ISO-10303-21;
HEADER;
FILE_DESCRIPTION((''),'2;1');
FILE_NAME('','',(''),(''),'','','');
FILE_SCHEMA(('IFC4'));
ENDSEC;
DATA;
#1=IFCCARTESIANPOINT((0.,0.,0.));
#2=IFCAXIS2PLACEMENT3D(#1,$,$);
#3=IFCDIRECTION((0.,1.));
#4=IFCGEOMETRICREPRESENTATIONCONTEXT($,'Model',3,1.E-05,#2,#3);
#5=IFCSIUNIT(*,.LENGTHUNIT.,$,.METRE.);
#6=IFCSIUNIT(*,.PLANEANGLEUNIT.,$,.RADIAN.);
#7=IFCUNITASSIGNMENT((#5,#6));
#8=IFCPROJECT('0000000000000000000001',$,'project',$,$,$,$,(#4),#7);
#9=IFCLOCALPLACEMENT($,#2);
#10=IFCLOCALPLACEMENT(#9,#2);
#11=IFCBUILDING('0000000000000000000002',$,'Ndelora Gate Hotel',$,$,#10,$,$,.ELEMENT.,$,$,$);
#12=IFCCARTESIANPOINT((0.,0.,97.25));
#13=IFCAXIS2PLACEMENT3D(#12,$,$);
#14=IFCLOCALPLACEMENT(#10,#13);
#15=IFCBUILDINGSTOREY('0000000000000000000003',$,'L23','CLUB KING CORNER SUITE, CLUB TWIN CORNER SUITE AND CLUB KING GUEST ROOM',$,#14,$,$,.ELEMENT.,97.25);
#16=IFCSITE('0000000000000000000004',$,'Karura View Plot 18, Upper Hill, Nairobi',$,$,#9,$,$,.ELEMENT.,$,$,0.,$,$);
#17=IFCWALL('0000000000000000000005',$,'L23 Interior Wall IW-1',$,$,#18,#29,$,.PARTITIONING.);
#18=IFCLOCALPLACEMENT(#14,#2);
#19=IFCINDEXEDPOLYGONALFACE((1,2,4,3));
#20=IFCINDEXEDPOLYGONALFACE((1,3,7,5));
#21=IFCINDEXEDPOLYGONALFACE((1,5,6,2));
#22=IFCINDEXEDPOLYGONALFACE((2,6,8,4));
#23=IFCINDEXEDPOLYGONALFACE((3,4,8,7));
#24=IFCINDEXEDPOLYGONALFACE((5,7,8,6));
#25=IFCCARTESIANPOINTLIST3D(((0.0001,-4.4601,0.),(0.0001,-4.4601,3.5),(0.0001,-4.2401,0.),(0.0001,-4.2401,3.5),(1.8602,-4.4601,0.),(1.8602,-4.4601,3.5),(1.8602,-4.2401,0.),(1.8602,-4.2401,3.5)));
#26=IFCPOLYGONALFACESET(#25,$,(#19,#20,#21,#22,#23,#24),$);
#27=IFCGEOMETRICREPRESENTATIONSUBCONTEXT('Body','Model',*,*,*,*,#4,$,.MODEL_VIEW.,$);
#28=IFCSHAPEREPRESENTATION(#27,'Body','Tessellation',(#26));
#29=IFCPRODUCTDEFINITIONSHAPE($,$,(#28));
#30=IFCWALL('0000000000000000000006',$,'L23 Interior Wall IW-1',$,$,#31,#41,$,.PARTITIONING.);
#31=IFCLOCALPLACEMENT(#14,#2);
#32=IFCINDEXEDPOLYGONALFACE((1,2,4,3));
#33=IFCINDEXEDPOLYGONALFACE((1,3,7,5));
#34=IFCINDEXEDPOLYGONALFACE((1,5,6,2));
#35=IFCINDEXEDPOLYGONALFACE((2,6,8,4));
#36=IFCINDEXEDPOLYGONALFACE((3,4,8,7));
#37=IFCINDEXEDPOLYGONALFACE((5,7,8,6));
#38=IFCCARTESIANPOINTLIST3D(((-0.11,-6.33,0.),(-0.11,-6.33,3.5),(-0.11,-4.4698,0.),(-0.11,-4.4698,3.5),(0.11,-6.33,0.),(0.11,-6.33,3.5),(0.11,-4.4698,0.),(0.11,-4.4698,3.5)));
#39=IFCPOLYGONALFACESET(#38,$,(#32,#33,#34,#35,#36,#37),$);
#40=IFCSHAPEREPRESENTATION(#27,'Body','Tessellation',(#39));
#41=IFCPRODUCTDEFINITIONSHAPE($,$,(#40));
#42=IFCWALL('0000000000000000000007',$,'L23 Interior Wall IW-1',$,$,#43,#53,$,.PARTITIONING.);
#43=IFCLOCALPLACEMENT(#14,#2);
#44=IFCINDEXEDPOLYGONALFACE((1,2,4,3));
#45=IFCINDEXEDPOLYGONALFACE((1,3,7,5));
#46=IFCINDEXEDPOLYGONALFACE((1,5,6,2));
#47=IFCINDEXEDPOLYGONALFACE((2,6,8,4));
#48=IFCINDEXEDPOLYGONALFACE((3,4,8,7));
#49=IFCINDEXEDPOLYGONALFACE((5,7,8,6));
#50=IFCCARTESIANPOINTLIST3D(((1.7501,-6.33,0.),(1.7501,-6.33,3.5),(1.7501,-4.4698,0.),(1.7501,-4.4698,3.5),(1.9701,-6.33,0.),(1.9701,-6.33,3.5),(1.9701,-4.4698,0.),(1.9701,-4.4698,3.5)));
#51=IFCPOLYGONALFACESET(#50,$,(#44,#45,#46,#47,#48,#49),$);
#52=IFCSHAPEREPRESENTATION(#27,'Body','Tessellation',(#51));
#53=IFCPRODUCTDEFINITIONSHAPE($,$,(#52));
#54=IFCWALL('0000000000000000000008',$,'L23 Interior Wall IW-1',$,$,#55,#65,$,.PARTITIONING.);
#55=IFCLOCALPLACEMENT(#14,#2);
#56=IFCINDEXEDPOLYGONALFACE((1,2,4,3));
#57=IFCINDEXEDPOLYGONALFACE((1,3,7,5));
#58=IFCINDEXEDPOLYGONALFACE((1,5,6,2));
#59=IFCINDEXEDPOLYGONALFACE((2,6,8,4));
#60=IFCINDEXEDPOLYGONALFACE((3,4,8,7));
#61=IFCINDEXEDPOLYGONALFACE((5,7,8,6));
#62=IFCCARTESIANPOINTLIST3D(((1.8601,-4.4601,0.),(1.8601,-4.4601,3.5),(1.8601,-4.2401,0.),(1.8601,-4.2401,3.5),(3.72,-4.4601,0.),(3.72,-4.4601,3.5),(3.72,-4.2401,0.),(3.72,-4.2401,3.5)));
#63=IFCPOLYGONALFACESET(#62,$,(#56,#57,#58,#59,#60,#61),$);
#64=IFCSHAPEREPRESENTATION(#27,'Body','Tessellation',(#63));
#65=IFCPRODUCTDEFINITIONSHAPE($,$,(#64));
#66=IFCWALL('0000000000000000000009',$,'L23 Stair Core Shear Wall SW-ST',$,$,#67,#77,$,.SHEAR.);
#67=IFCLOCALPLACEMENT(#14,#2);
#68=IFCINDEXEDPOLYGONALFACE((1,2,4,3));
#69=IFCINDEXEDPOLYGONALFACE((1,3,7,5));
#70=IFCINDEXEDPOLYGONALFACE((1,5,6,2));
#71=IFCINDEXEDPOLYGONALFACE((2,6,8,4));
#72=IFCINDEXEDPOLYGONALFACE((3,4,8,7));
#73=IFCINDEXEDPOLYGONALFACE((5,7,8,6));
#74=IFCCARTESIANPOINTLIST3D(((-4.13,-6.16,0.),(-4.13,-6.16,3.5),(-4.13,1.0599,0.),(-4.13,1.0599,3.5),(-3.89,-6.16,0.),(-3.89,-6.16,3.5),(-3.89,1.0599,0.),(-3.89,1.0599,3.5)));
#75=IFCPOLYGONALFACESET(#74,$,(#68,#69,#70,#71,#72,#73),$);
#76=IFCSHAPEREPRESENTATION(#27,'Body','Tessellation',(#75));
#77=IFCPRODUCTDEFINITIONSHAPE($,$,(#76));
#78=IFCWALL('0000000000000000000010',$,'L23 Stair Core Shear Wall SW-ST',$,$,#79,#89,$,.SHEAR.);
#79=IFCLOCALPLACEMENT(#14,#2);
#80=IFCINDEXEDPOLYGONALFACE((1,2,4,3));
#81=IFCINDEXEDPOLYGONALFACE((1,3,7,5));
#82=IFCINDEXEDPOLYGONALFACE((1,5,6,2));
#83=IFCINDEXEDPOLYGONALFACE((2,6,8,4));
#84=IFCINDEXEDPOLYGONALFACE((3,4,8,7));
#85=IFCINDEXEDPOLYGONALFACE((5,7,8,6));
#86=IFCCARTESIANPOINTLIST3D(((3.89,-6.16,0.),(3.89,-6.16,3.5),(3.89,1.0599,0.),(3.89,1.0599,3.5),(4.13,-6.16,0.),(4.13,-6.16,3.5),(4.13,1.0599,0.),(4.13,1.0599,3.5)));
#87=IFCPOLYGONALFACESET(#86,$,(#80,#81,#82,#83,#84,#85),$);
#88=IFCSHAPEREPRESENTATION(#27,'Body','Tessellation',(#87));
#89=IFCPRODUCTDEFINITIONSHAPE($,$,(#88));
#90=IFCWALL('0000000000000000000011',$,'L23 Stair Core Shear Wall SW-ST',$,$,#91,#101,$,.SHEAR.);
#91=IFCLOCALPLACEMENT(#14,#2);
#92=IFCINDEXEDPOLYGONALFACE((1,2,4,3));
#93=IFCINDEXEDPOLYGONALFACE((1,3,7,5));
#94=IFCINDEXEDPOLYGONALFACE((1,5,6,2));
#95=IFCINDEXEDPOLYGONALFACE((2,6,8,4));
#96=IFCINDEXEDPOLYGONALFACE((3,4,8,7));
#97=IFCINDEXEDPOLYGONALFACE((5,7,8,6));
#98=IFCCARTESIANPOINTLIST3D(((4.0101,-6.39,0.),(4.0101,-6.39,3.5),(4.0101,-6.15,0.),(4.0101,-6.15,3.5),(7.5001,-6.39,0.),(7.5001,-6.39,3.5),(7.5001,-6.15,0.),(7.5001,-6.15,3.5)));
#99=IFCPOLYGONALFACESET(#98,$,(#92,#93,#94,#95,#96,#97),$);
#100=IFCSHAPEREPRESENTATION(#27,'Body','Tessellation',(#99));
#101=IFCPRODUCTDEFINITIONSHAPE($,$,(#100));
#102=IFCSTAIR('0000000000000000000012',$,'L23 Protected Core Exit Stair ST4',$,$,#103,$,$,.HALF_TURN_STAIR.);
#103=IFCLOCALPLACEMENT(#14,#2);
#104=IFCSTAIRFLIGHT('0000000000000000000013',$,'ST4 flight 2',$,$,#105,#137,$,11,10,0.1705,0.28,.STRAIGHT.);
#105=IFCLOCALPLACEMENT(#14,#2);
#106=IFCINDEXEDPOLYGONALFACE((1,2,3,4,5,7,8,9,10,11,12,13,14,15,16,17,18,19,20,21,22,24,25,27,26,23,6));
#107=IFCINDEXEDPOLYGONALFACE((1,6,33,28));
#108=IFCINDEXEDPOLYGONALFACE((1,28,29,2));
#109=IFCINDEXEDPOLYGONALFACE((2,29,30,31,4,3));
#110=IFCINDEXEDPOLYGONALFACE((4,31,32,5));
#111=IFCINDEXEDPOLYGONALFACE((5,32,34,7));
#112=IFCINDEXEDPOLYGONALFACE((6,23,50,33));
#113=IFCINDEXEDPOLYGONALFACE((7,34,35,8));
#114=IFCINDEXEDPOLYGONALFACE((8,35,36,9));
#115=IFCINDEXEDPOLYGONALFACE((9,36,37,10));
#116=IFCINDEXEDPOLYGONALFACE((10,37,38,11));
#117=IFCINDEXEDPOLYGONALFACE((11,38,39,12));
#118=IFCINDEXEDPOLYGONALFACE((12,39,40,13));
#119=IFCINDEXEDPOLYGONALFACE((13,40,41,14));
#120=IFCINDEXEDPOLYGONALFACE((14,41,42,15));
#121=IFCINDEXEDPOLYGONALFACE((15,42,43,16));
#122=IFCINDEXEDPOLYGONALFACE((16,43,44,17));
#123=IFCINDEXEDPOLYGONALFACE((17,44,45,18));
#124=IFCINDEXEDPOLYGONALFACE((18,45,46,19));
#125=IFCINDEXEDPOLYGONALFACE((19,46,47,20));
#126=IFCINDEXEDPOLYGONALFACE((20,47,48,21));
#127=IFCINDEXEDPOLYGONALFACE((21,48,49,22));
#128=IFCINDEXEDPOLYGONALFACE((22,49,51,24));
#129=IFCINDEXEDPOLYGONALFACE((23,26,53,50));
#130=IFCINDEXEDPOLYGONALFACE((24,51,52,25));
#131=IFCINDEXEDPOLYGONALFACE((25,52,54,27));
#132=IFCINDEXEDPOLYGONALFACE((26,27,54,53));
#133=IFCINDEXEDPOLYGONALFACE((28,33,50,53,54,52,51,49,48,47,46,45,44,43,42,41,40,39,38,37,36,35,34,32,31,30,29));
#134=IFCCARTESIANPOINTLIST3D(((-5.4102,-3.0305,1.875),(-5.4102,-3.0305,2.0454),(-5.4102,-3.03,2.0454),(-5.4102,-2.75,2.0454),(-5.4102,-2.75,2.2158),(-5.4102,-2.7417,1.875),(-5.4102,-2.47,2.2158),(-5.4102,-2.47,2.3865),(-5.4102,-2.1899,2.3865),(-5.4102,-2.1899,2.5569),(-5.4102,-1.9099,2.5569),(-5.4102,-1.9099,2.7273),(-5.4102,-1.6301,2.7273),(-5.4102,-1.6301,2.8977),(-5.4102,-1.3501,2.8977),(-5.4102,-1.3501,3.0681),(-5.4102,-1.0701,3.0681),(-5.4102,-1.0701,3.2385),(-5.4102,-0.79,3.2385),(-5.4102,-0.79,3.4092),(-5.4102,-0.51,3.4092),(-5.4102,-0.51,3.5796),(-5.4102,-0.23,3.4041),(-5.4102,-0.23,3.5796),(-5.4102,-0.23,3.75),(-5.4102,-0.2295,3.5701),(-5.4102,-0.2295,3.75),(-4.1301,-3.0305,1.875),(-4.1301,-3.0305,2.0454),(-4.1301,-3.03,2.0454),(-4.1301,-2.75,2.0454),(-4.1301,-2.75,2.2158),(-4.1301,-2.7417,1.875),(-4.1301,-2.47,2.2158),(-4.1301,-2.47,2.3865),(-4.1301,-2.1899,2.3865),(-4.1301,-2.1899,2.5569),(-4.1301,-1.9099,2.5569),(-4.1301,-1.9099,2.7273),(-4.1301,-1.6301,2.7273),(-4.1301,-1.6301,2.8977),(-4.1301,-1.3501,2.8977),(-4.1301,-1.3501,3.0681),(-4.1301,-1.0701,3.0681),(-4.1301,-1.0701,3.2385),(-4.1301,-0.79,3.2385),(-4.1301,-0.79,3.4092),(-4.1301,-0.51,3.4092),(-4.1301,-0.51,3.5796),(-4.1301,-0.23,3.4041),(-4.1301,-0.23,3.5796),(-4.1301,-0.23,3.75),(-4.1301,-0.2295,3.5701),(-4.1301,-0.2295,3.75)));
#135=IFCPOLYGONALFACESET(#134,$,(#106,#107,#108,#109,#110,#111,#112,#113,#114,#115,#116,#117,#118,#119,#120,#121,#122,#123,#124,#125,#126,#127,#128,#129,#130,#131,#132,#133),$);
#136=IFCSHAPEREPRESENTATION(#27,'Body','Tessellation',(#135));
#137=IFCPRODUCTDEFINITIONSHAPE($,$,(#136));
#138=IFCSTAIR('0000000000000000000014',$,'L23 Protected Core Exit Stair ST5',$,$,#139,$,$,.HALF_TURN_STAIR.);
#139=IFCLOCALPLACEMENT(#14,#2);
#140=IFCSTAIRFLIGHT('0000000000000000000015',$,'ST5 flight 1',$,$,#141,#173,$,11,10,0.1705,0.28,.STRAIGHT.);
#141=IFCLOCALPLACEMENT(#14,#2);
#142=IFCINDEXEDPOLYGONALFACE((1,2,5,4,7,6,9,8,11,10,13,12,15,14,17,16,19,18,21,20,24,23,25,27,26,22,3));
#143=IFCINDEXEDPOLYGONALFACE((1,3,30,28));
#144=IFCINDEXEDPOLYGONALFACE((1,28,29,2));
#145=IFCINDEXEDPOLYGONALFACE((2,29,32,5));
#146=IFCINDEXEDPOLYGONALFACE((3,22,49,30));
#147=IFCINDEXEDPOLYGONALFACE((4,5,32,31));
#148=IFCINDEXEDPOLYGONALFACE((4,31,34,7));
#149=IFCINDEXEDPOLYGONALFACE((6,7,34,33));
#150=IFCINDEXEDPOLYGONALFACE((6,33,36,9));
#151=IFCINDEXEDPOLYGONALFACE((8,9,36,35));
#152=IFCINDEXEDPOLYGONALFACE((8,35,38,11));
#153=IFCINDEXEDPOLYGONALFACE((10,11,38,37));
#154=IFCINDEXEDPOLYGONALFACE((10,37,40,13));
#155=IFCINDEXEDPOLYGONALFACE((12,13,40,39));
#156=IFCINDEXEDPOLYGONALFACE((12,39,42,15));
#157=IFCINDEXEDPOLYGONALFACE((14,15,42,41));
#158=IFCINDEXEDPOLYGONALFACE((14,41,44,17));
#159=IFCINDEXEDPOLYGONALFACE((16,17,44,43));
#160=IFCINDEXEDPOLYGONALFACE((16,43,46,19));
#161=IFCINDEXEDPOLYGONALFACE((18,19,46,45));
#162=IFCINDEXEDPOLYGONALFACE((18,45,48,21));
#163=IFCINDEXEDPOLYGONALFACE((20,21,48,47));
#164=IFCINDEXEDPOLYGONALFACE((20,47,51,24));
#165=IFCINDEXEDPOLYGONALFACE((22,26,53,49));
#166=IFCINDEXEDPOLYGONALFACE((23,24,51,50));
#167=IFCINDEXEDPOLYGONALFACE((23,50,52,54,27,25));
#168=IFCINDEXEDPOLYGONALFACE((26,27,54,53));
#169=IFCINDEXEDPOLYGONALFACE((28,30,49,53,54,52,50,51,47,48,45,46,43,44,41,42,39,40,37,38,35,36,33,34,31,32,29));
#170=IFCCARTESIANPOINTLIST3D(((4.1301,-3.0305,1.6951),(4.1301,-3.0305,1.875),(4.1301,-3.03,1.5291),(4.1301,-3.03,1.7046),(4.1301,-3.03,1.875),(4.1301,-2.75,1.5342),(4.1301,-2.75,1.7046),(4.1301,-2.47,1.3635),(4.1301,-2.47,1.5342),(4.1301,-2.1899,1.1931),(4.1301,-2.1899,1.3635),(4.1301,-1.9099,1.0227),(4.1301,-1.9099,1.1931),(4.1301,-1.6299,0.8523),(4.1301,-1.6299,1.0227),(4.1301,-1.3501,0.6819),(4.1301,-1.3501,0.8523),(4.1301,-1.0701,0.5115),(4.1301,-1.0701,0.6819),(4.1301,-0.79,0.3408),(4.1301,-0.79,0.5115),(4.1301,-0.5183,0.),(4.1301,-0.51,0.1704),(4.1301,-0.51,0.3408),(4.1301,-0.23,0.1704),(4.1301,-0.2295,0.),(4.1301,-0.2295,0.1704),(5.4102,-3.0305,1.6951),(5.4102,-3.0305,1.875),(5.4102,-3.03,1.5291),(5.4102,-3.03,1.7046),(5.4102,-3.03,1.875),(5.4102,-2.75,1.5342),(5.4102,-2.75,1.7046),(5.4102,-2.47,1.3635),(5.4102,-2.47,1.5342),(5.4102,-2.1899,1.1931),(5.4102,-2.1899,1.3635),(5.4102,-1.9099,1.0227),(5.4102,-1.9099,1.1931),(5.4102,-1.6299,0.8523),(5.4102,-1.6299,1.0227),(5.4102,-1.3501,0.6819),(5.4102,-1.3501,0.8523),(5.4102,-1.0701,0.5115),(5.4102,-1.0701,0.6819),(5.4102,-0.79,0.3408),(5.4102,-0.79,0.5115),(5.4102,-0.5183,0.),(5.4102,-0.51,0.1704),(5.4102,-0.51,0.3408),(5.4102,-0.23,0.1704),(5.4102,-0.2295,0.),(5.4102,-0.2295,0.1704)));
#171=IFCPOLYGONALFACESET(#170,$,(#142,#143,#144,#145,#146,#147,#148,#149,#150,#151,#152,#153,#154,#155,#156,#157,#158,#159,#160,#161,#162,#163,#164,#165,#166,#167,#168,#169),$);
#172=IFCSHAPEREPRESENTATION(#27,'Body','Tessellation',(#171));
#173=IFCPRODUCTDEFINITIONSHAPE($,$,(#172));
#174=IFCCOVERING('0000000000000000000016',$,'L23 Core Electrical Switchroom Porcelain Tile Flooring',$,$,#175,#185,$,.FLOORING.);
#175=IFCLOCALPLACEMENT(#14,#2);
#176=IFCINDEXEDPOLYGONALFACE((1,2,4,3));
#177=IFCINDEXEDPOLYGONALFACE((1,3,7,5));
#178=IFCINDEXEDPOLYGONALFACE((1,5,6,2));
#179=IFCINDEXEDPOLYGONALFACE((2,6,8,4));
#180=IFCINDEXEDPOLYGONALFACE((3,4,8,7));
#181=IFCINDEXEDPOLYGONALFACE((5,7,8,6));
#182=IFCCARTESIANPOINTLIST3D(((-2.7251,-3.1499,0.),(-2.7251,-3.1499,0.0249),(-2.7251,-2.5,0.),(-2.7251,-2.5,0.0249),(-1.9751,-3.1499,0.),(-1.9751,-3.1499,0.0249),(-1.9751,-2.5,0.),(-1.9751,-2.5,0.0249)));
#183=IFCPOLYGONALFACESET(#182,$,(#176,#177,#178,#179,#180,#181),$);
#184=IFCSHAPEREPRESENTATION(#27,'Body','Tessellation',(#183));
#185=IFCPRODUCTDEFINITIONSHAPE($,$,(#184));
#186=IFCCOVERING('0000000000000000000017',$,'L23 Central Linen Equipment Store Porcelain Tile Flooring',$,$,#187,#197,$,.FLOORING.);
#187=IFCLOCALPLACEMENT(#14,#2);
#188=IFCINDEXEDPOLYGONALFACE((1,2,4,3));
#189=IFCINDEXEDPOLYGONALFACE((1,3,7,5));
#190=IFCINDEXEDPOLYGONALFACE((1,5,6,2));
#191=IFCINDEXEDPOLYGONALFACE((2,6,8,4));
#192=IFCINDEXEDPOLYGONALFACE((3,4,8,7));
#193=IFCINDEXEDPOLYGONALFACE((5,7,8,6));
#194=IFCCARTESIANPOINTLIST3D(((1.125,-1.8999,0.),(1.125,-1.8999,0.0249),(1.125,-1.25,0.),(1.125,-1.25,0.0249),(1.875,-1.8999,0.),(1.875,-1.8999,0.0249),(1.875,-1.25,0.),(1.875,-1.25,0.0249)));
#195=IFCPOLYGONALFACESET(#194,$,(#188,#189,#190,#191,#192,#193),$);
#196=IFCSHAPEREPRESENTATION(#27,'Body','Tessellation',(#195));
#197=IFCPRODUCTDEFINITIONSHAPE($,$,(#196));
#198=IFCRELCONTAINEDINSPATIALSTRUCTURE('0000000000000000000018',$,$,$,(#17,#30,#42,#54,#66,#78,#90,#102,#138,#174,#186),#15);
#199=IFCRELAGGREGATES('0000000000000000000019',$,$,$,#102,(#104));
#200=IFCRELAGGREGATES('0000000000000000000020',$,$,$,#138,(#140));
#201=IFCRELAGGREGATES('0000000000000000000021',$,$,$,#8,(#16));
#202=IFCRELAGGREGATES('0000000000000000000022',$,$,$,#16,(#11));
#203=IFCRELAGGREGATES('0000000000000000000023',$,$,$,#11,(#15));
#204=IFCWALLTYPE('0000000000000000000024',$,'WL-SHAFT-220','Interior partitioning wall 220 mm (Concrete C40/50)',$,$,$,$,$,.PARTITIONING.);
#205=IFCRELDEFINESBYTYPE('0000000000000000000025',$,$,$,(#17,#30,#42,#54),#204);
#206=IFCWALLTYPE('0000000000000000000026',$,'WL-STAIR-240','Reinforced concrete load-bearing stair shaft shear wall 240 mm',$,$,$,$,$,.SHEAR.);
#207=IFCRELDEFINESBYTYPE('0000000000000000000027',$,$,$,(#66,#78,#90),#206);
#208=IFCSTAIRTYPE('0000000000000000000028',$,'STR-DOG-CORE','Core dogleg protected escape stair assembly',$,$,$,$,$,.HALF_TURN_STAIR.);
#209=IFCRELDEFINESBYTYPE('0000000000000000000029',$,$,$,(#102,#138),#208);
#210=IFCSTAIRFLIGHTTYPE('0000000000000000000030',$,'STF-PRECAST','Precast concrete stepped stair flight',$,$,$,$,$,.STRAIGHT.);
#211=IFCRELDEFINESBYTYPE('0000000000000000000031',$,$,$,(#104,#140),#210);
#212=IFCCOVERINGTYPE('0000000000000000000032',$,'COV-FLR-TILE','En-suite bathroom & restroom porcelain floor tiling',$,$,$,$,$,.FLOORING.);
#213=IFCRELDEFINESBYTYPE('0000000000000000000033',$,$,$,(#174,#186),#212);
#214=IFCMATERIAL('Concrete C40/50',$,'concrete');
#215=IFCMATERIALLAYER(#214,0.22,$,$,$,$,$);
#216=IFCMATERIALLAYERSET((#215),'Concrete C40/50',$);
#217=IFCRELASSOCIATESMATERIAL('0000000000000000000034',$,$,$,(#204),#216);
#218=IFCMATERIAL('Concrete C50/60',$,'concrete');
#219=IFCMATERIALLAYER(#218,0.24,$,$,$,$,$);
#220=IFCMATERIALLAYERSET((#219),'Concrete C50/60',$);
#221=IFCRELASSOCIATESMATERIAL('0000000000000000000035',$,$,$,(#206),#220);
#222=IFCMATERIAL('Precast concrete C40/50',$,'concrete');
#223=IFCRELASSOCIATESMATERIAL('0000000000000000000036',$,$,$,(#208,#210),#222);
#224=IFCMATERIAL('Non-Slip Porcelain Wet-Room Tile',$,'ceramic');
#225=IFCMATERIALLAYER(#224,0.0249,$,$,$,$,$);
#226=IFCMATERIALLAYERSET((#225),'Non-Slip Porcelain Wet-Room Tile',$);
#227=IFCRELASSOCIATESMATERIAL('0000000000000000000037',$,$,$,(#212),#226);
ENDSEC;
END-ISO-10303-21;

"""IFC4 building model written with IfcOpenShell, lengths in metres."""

from ifc_helpers import new_model, si_unit, direction, frame, frame_2d, origin, origin_2d, place, context, subcontext, project, spatial, polyline, rectangle, outline, extrude, material, layer, layer_set, type_object, element, aggregate, save


model = new_model("IFC4")

# Units and contexts
model_context = context("Model", 3, precision=1e-05, world=origin(), true_north=direction((0.0, 1.0)))
body_context = subcontext(model_context, "Body", "Model", "MODEL_VIEW")
ifc_project = project(units=[si_unit("LENGTHUNIT", "METRE"), si_unit("PLANEANGLEUNIT", "RADIAN")], contexts=[model_context])

# Site, building, storey
site_placement = place(None, origin())
site = spatial("IfcSite", under=ifc_project, at=site_placement, Name="Karura View Plot 18, Upper Hill, Nairobi", CompositionType="ELEMENT", RefElevation=0.0)
building_placement = place(site_placement, origin())
building = spatial("IfcBuilding", under=site, at=building_placement, Name="Ndelora Gate Hotel", CompositionType="ELEMENT")
storey_placement = place(building_placement, frame((0.0, 0.0, 97.25)))
storey = spatial("IfcBuildingStorey", under=building, at=storey_placement, Name="L23", Description="CLUB KING CORNER SUITE, CLUB TWIN CORNER SUITE AND CLUB KING GUEST ROOM", CompositionType="ELEMENT", Elevation=97.25)

# Walls
ifc_material_1 = material(Name="Concrete C40/50", Category="concrete")
ifc_layer_1 = layer(ifc_material_1, 0.22)
ifc_layer_set_1 = layer_set([ifc_layer_1], Name="Concrete C40/50")
wall_type_1 = type_object("IfcWallType", Name="WL-SHAFT-220", Description="Interior partitioning wall 220 mm (Concrete C40/50)", PredefinedType="PARTITIONING", material=ifc_layer_set_1)
for number, where, z_axis, x_axis, name in (
    (1, (0.0, -4.3501, 0.0), (0.0, 0.0, 1.0), (1.0, 0.0, 0.0), "L23 Interior Wall IW-1"),
    (2, (0.0, -6.3301, 0.0), (0.0, 0.0, 1.0), (0.0, 1.0, 0.0), "L23 Interior Wall IW-1"),
    (3, (1.8601, -6.3301, 0.0), (0.0, 0.0, 1.0), (0.0, 1.0, 0.0), "L23 Interior Wall IW-1"),
):
    element("IfcWall", number, at=place(storey_placement, frame(where, z_axis=z_axis, x_axis=x_axis)), inside=storey, type_object=wall_type_1, Name=name, PredefinedType="PARTITIONING", context=body_context, shape_type="SweptSolid", body=[
        extrude(rectangle(XDim=1.8601, YDim=0.22, at=frame_2d((0.9302, 0.0))), origin(), (0.0, 0.0, 1.0), 3.5),
    ])

# Walls
wall_1_placement = place(storey_placement, frame((1.8601, -4.3501, 0.0), z_axis=(0.0, 0.0, 1.0), x_axis=(1.0, 0.0, 0.0)))
element("IfcWall", 4, at=wall_1_placement, inside=storey, type_object=wall_type_1, Name="L23 Interior Wall IW-1", PredefinedType="PARTITIONING", context=body_context, shape_type="SweptSolid", body=[
    extrude(rectangle(XDim=1.8599, YDim=0.22, at=frame_2d((0.9299, 0.0))), origin(), (0.0, 0.0, 1.0), 3.5),
])
ifc_material_2 = material(Name="Concrete C50/60", Category="concrete")
ifc_layer_2 = layer(ifc_material_2, 0.24)
ifc_layer_set_2 = layer_set([ifc_layer_2], Name="Concrete C50/60")
wall_type_2 = type_object("IfcWallType", Name="WL-STAIR-240", Description="Reinforced concrete load-bearing stair shaft shear wall 240 mm", PredefinedType="SHEAR", material=ifc_layer_set_2)
for number, where, z_axis, x_axis, name in (
    (5, (-4.01, -6.1599, 0.0), (0.0, 0.0, 1.0), (0.0, 1.0, 0.0), "L23 Stair Core Shear Wall SW-ST"),
    (6, (4.01, -6.1599, 0.0), (0.0, 0.0, 1.0), (0.0, 1.0, 0.0), "L23 Stair Core Shear Wall SW-ST"),
):
    element("IfcWall", number, at=place(storey_placement, frame(where, z_axis=z_axis, x_axis=x_axis)), inside=storey, type_object=wall_type_2, Name=name, PredefinedType="SHEAR", context=body_context, shape_type="SweptSolid", body=[
        extrude(rectangle(XDim=7.22, YDim=0.24, at=frame_2d((3.6099, 0.0))), origin(), (0.0, 0.0, 1.0), 3.5),
    ])
wall_2_placement = place(storey_placement, frame((4.01, -6.27, 0.0), z_axis=(0.0, 0.0, 1.0), x_axis=(1.0, 0.0, 0.0)))
element("IfcWall", 7, at=wall_2_placement, inside=storey, type_object=wall_type_2, Name="L23 Stair Core Shear Wall SW-ST", PredefinedType="SHEAR", context=body_context, shape_type="SweptSolid", body=[
    extrude(rectangle(XDim=3.49, YDim=0.24, at=frame_2d((1.7451, 0.0))), origin(), (0.0, 0.0, 1.0), 3.5),
])

# Stairs, stair flights
ifc_material_3 = material(Name="Precast concrete C40/50", Category="concrete")
stair_type = type_object("IfcStairType", Name="STR-DOG-CORE", Description="Core dogleg protected escape stair assembly", PredefinedType="HALF_TURN_STAIR", material=ifc_material_3)
stair_1_placement = place(storey_placement, origin())
stair_1 = element("IfcStair", 8, at=stair_1_placement, inside=storey, type_object=stair_type, Name="L23 Protected Core Exit Stair ST4", PredefinedType="HALF_TURN_STAIR")
stair_flight_type = type_object("IfcStairFlightType", Name="STF-PRECAST", Description="Precast concrete stepped stair flight", PredefinedType="STRAIGHT", material=ifc_material_3)
stair_flight_1_placement = place(storey_placement, frame((-4.77, -3.03, 1.875), z_axis=(0.0, 0.0, 1.0), x_axis=(0.0, 1.0, 0.0)))
stair_flight_1 = element("IfcStairFlight", 9, at=stair_flight_1_placement, type_object=stair_flight_type, Name="ST4 flight 2", NumberOfRisers=11, NumberOfTreads=10, PredefinedType="STRAIGHT", RiserHeight=0.1705, TreadLength=0.28, context=body_context, shape_type="SweptSolid", body=[
    extrude(outline(polyline([(-0.0005, 0.0), (-0.0005, 0.1704), (0.0, 0.1704), (0.28, 0.1704), (0.28, 0.3408), (0.5601, 0.3408), (0.5601, 0.5115), (0.8401, 0.5115), (0.8401, 0.6819), (1.1201, 0.6819), (1.1201, 0.8523), (1.3999, 0.8523), (1.3999, 1.0227), (1.6799, 1.0227), (1.6799, 1.1931), (1.96, 1.1931), (1.96, 1.3635), (2.24, 1.3635), (2.24, 1.5342), (2.52, 1.5342), (2.52, 1.7046), (2.8, 1.7046), (2.8, 1.875), (2.8005, 1.875), (2.8005, 1.6951), (2.8, 1.5291), (0.2883, 0.0), (-0.0005, 0.0)])), frame((0.0, 0.6401, 0.0), z_axis=(0.0, -1.0, 0.0), x_axis=(1.0, 0.0, 0.0)), (0.0, 0.0, 1.0), 1.28),
])
aggregate(stair_1, [stair_flight_1])
stair_2_placement = place(storey_placement, origin())
stair_2 = element("IfcStair", 10, at=stair_2_placement, inside=storey, type_object=stair_type, Name="L23 Protected Core Exit Stair ST5", PredefinedType="HALF_TURN_STAIR")
stair_flight_2_placement = place(storey_placement, frame((4.77, -0.23, 0.0), z_axis=(0.0, 0.0, 1.0), x_axis=(0.0, -1.0, 0.0)))
stair_flight_2 = element("IfcStairFlight", 11, at=stair_flight_2_placement, type_object=stair_flight_type, Name="ST5 flight 1", NumberOfRisers=11, NumberOfTreads=10, PredefinedType="STRAIGHT", RiserHeight=0.1705, TreadLength=0.28, context=body_context, shape_type="SweptSolid", body=[
    extrude(outline(polyline([(-0.0005, 0.0), (-0.0005, 0.1704), (0.0, 0.1704), (0.28, 0.1704), (0.28, 0.3408), (0.5601, 0.3408), (0.5601, 0.5115), (0.8401, 0.5115), (0.8401, 0.6819), (1.1201, 0.6819), (1.1201, 0.8523), (1.3999, 0.8523), (1.3999, 1.0227), (1.6799, 1.0227), (1.6799, 1.1931), (1.96, 1.1931), (1.96, 1.3635), (2.24, 1.3635), (2.24, 1.5342), (2.52, 1.5342), (2.52, 1.7046), (2.8, 1.7046), (2.8, 1.875), (2.8005, 1.875), (2.8005, 1.6951), (2.8, 1.5291), (0.2883, 0.0), (-0.0005, 0.0)])), frame((0.0, 0.6401, 0.0), z_axis=(0.0, -1.0, 0.0), x_axis=(1.0, 0.0, 0.0)), (0.0, 0.0, 1.0), 1.28),
])
aggregate(stair_2, [stair_flight_2])

# Coverings
ifc_material_4 = material(Name="Non-Slip Porcelain Wet-Room Tile", Category="ceramic")
ifc_layer_3 = layer(ifc_material_4, 0.0249)
ifc_layer_set_3 = layer_set([ifc_layer_3], Name="Non-Slip Porcelain Wet-Room Tile")
covering_type = type_object("IfcCoveringType", Name="COV-FLR-TILE", Description="En-suite bathroom & restroom porcelain floor tiling", PredefinedType="FLOORING", material=ifc_layer_set_3)
for number, where, z_axis, x_axis, name in (
    (12, (-2.3501, -2.825, 0.0), (0.0, 0.0, 1.0), (1.0, 0.0, 0.0), "L23 Core Electrical Switchroom Porcelain Tile Flooring"),
    (13, (1.5, -1.575, 0.0), (0.0, 0.0, 1.0), (1.0, 0.0, 0.0), "L23 Central Linen Equipment Store Porcelain Tile Flooring"),
):
    element("IfcCovering", number, at=place(storey_placement, frame(where, z_axis=z_axis, x_axis=x_axis)), inside=storey, type_object=covering_type, Name=name, PredefinedType="FLOORING", context=body_context, shape_type="SweptSolid", body=[
        extrude(rectangle(XDim=0.75, YDim=0.6499, at=origin_2d()), origin(), (0.0, 0.0, 1.0), 0.0249),
    ])

save(model, "model.ifc")
